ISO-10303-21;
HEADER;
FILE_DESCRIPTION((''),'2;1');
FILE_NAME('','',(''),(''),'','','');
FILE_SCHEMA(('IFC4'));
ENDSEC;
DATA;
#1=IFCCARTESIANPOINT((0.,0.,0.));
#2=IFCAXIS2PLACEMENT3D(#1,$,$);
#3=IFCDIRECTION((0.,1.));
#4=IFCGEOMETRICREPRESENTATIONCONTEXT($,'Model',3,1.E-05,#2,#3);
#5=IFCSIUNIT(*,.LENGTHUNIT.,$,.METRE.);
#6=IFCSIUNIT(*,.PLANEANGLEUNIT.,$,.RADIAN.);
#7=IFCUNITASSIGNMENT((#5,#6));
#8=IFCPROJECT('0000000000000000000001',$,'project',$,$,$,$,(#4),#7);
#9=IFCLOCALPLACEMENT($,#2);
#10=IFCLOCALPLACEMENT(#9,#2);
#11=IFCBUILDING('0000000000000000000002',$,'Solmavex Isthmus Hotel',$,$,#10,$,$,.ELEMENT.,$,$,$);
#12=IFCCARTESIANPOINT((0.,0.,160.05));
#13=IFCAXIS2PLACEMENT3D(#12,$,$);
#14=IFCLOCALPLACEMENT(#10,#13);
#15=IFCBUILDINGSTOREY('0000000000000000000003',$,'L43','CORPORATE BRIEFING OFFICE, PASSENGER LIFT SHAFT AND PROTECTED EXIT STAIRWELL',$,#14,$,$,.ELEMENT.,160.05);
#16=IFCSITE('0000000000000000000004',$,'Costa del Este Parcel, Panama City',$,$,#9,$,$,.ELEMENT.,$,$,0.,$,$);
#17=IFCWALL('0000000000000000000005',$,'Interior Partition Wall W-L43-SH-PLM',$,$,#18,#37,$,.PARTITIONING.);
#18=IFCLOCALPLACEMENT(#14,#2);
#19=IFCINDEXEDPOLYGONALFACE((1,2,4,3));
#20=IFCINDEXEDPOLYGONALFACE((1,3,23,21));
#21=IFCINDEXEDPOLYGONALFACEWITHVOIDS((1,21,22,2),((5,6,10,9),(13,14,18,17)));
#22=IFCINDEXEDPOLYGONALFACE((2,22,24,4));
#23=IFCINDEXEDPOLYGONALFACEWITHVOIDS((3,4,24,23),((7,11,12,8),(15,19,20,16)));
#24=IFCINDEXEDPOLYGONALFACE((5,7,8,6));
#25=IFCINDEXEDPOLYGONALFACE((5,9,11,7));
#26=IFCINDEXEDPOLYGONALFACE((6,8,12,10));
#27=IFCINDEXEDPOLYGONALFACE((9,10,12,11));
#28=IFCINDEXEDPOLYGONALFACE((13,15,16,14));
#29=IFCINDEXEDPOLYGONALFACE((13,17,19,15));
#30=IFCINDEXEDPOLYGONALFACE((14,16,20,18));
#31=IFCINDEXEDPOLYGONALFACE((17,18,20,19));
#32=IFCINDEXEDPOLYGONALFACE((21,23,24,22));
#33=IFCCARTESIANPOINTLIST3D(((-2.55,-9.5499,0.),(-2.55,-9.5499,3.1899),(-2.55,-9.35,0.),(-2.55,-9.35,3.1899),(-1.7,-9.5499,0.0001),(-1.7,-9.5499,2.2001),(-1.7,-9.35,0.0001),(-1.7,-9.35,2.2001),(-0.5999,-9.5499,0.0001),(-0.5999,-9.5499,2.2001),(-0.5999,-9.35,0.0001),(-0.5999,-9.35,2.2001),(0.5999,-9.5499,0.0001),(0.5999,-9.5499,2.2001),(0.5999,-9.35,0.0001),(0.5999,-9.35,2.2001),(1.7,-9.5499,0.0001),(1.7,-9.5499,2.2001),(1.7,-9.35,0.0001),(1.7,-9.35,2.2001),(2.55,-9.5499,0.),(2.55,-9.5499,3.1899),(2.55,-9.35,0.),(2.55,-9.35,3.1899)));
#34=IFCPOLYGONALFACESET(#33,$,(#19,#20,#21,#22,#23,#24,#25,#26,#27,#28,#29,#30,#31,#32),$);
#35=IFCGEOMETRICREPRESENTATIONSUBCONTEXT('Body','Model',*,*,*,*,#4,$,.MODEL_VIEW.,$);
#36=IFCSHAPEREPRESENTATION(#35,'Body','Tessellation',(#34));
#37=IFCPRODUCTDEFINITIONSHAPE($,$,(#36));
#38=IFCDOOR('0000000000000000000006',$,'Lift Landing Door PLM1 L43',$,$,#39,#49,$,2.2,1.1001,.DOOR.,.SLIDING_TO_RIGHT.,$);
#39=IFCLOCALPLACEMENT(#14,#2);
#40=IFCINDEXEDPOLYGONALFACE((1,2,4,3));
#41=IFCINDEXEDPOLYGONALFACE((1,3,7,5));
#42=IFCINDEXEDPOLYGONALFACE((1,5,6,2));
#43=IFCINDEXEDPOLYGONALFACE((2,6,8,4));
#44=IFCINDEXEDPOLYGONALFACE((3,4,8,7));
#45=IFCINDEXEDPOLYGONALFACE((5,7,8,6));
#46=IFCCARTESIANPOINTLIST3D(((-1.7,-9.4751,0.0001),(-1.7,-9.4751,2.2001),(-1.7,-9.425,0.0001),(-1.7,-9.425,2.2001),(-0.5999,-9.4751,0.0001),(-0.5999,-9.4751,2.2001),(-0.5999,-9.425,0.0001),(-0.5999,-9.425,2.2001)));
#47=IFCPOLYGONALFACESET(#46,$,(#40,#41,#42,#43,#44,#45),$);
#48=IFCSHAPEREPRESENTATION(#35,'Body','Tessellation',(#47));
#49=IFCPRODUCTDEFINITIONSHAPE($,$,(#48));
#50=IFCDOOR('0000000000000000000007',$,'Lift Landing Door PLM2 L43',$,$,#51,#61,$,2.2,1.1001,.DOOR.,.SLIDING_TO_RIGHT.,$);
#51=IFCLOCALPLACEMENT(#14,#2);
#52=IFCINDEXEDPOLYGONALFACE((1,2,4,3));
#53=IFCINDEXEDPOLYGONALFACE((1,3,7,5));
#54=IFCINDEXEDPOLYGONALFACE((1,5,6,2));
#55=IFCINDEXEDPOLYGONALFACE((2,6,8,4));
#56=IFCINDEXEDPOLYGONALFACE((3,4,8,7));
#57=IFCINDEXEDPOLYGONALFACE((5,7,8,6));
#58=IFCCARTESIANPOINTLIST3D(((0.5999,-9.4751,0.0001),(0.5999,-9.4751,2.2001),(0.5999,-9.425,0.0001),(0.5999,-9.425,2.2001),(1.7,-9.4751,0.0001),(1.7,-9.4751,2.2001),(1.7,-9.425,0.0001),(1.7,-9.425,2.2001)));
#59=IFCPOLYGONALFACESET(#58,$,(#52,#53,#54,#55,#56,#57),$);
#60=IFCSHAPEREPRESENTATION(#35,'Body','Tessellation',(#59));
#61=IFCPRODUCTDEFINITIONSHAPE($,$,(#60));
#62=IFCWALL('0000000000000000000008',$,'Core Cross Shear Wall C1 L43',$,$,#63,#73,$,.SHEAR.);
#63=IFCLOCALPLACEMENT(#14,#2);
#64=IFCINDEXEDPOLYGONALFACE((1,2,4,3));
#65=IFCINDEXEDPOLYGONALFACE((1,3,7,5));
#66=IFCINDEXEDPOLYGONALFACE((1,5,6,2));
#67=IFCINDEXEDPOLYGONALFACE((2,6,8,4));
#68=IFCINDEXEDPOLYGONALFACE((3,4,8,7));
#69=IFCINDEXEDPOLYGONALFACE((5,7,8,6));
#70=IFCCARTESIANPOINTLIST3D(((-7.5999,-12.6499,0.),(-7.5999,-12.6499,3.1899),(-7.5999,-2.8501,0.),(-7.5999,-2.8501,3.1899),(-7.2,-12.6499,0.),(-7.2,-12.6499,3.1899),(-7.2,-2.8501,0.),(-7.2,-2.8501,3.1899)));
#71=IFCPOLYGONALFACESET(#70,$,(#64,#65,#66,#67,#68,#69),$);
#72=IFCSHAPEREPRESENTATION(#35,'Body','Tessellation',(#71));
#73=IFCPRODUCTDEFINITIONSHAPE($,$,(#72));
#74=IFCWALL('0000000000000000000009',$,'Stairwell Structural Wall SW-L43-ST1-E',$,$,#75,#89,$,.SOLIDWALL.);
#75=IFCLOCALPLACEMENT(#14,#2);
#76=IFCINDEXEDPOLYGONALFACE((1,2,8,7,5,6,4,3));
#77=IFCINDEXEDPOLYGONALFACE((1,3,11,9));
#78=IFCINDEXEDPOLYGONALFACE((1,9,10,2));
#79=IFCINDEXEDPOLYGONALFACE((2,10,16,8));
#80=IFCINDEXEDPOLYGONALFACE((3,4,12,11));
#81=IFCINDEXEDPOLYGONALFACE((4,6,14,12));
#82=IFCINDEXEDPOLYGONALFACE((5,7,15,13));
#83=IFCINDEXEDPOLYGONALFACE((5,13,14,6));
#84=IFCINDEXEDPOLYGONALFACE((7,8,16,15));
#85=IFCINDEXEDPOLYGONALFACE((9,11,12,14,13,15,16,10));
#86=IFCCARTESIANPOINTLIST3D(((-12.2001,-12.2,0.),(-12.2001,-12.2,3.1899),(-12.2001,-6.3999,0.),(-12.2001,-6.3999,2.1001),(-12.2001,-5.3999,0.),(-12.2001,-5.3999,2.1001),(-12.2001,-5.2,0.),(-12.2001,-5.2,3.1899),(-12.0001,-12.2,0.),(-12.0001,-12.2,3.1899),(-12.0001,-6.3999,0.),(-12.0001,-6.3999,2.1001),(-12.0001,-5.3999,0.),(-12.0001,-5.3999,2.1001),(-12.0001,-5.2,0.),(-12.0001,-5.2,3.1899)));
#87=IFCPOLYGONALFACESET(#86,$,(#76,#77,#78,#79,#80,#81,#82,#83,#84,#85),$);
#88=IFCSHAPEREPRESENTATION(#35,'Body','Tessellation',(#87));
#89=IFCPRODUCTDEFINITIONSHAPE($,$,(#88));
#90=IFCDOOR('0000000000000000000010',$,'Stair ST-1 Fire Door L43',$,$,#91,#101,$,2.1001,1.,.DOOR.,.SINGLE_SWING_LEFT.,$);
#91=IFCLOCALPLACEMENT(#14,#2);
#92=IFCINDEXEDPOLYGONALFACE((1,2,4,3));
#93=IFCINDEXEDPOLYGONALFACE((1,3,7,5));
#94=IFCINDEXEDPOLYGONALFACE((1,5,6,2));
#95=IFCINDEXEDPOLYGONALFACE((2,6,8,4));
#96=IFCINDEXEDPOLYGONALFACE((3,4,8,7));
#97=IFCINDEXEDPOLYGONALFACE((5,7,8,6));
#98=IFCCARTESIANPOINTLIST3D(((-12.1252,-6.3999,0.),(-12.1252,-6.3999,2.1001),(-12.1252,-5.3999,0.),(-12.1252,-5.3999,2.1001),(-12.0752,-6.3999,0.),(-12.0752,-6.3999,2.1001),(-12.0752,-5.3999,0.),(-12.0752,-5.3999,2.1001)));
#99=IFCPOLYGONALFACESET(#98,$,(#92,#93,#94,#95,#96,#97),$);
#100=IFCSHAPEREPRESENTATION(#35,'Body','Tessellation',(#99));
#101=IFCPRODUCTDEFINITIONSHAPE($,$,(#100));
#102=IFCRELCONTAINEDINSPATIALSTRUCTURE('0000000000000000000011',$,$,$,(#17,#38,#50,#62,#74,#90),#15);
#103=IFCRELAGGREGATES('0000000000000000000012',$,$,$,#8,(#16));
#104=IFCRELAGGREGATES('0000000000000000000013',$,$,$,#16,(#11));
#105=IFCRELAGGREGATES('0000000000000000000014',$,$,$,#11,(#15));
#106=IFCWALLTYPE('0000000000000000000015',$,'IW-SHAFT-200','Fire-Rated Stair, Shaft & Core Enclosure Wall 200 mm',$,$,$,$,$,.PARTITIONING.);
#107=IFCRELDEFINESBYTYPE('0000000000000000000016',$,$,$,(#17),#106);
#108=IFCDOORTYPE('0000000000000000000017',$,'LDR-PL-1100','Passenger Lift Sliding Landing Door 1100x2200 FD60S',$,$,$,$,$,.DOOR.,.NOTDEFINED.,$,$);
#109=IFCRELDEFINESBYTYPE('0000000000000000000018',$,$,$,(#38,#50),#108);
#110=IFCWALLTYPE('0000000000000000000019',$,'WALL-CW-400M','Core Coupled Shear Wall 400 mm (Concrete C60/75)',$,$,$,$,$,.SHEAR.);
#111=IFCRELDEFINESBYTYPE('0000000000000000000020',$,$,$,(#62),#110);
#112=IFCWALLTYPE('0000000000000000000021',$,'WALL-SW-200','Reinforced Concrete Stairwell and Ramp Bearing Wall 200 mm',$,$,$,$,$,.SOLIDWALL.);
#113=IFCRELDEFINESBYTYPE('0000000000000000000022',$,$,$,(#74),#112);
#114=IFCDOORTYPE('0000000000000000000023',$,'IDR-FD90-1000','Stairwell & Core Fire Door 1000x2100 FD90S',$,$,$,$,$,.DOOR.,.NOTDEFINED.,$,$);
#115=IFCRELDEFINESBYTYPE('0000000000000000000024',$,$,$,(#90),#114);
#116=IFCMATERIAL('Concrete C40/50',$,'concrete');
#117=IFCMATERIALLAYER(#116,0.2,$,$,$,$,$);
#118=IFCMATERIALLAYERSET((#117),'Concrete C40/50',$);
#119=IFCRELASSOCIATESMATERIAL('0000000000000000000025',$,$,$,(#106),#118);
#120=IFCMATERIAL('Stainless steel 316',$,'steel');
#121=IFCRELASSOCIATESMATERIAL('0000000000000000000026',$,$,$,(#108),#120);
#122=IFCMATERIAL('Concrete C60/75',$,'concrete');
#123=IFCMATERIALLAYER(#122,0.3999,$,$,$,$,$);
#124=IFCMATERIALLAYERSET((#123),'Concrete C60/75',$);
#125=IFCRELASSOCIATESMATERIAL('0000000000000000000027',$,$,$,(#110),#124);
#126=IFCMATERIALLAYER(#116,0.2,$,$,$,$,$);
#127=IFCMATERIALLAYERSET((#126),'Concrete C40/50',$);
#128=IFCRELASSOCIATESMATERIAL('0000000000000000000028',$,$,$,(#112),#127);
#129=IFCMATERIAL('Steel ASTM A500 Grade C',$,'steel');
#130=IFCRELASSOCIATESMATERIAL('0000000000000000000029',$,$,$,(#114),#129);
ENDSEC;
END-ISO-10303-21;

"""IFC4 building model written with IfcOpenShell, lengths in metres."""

from ifc_helpers import new_model, si_unit, direction, frame, frame_2d, origin, place, context, subcontext, project, spatial, rectangle, extrude, material, layer, layer_set, type_object, element, fill, save


model = new_model("IFC4")

# Units and contexts
model_context = context("Model", 3, precision=1e-05, world=origin(), true_north=direction((0.0, 1.0)))
body_context = subcontext(model_context, "Body", "Model", "MODEL_VIEW")
ifc_project = project(units=[si_unit("LENGTHUNIT", "METRE"), si_unit("PLANEANGLEUNIT", "RADIAN")], contexts=[model_context])

# Site, building, storey
site_placement = place(None, origin())
site = spatial("IfcSite", under=ifc_project, at=site_placement, Name="Costa del Este Parcel, Panama City", CompositionType="ELEMENT", RefElevation=0.0)
building_placement = place(site_placement, origin())
building = spatial("IfcBuilding", under=site, at=building_placement, Name="Solmavex Isthmus Hotel", CompositionType="ELEMENT")
storey_placement = place(building_placement, frame((0.0, 0.0, 160.05)))
storey = spatial("IfcBuildingStorey", under=building, at=storey_placement, Name="L43", Description="CORPORATE BRIEFING OFFICE, PASSENGER LIFT SHAFT AND PROTECTED EXIT STAIRWELL", CompositionType="ELEMENT", Elevation=160.05)

# Shared definitions
ifc_material_1 = material(Name="Concrete C60/75", Category="concrete")

# Shared definitions
ifc_material_2 = material(Name="Steel ASTM A500 Grade C", Category="steel")

# Shared definitions
ifc_material_3 = material(Name="Concrete C40/50", Category="concrete")

# Shared definitions
ifc_layer_1 = layer(ifc_material_3, 0.2)
ifc_layer_set_1 = layer_set([ifc_layer_1], Name="Concrete C40/50")
wall_type_1 = type_object("IfcWallType", Name="IW-SHAFT-200", Description="Fire-Rated Stair, Shaft & Core Enclosure Wall 200 mm", PredefinedType="PARTITIONING", material=ifc_layer_set_1)
ifc_material_4 = material(Name="Stainless steel 316", Category="steel")

# Wall, openings, doors
wall_1_placement = place(storey_placement, frame((-2.55, -9.45, 0.0), z_axis=(0.0, 0.0, 1.0), x_axis=(1.0, 0.0, 0.0)))
wall_1 = element("IfcWall", 1, at=wall_1_placement, inside=storey, type_object=wall_type_1, Name="Interior Partition Wall W-L43-SH-PLM", PredefinedType="PARTITIONING", context=body_context, shape_type="SweptSolid", body=[
    extrude(rectangle(XDim=5.1001, YDim=0.2, at=frame_2d((2.55, 0.0))), origin(), (0.0, 0.0, 1.0), 3.1899),
])
opening_1_placement = place(wall_1_placement, frame((0.8501, 0.0, 0.0)))
opening_1 = element("IfcOpeningElement", 2, at=opening_1_placement, cuts=wall_1, PredefinedType="OPENING", context=body_context, shape_type="SweptSolid", body=[
    extrude(rectangle(XDim=1.1001, YDim=2.2, at=frame_2d((0.55, 1.1001))), frame((0.0, 0.1099, 0.0), z_axis=(0.0, -1.0, 0.0), x_axis=(1.0, 0.0, 0.0)), (0.0, 0.0, 1.0), 0.22),
])
opening_2_placement = place(wall_1_placement, frame((3.1499, 0.0, 0.0)))
opening_2 = element("IfcOpeningElement", 3, at=opening_2_placement, cuts=wall_1, PredefinedType="OPENING", context=body_context, shape_type="SweptSolid", body=[
    extrude(rectangle(XDim=1.1001, YDim=2.2, at=frame_2d((0.55, 1.1001))), frame((0.0, 0.1099, 0.0), z_axis=(0.0, -1.0, 0.0), x_axis=(1.0, 0.0, 0.0)), (0.0, 0.0, 1.0), 0.22),
])
door_type_1 = type_object("IfcDoorType", Name="LDR-PL-1100", Description="Passenger Lift Sliding Landing Door 1100x2200 FD60S", OperationType="NOTDEFINED", PredefinedType="DOOR", material=ifc_material_4)
door_1_placement = place(opening_1_placement, origin())
door_1 = element("IfcDoor", 4, at=door_1_placement, inside=storey, type_object=door_type_1, Name="Lift Landing Door PLM1 L43", OperationType="SLIDING_TO_RIGHT", OverallHeight=2.2, OverallWidth=1.1001, PredefinedType="DOOR", context=body_context, shape_type="SweptSolid", body=[
    extrude(rectangle(XDim=1.1001, YDim=2.2, at=frame_2d((0.55, 1.1001))), frame((0.0, 0.0249, 0.0), z_axis=(0.0, -1.0, 0.0), x_axis=(1.0, 0.0, 0.0)), (0.0, 0.0, 1.0), 0.05),
])
fill(opening_1, door_1)
door_2_placement = place(opening_2_placement, origin())
door_2 = element("IfcDoor", 5, at=door_2_placement, inside=storey, type_object=door_type_1, Name="Lift Landing Door PLM2 L43", OperationType="SLIDING_TO_RIGHT", OverallHeight=2.2, OverallWidth=1.1001, PredefinedType="DOOR", context=body_context, shape_type="SweptSolid", body=[
    extrude(rectangle(XDim=1.1001, YDim=2.2, at=frame_2d((0.55, 1.1001))), frame((0.0, 0.0249, 0.0), z_axis=(0.0, -1.0, 0.0), x_axis=(1.0, 0.0, 0.0)), (0.0, 0.0, 1.0), 0.05),
])
fill(opening_2, door_2)

# Wall
ifc_layer_2 = layer(ifc_material_1, 0.3999)
ifc_layer_set_2 = layer_set([ifc_layer_2], Name="Concrete C60/75")
wall_type_2 = type_object("IfcWallType", Name="WALL-CW-400M", Description="Core Coupled Shear Wall 400 mm (Concrete C60/75)", PredefinedType="SHEAR", material=ifc_layer_set_2)
wall_2_placement = place(storey_placement, frame((-7.3999, -12.6499, 0.0), z_axis=(0.0, 0.0, 1.0), x_axis=(0.0, 1.0, 0.0)))
element("IfcWall", 6, at=wall_2_placement, inside=storey, type_object=wall_type_2, Name="Core Cross Shear Wall C1 L43", PredefinedType="SHEAR", context=body_context, shape_type="SweptSolid", body=[
    extrude(rectangle(XDim=9.7998, YDim=0.3999, at=frame_2d((4.8999, 0.0))), origin(), (0.0, 0.0, 1.0), 3.1899),
])

# Wall, opening, door
ifc_layer_3 = layer(ifc_material_3, 0.2)
ifc_layer_set_3 = layer_set([ifc_layer_3], Name="Concrete C40/50")
wall_type_3 = type_object("IfcWallType", Name="WALL-SW-200", Description="Reinforced Concrete Stairwell and Ramp Bearing Wall 200 mm", PredefinedType="SOLIDWALL", material=ifc_layer_set_3)
wall_3_placement = place(storey_placement, frame((-12.1001, -12.2, 0.0), z_axis=(0.0, 0.0, 1.0), x_axis=(0.0, 1.0, 0.0)))
wall_3 = element("IfcWall", 7, at=wall_3_placement, inside=storey, type_object=wall_type_3, Name="Stairwell Structural Wall SW-L43-ST1-E", PredefinedType="SOLIDWALL", context=body_context, shape_type="SweptSolid", body=[
    extrude(rectangle(XDim=7.0, YDim=0.2, at=frame_2d((3.5, 0.0))), origin(), (0.0, 0.0, 1.0), 3.1899),
])
opening_3_placement = place(wall_3_placement, frame((5.8, 0.0, 0.0)))
opening_3 = element("IfcOpeningElement", 8, at=opening_3_placement, cuts=wall_3, PredefinedType="OPENING", context=body_context, shape_type="SweptSolid", body=[
    extrude(rectangle(XDim=1.0, YDim=2.1001, at=frame_2d((0.5, 1.05))), frame((0.0, 0.1099, 0.0), z_axis=(0.0, -1.0, 0.0), x_axis=(1.0, 0.0, 0.0)), (0.0, 0.0, 1.0), 0.22),
])
door_type_2 = type_object("IfcDoorType", Name="IDR-FD90-1000", Description="Stairwell & Core Fire Door 1000x2100 FD90S", OperationType="NOTDEFINED", PredefinedType="DOOR", material=ifc_material_2)
door_3_placement = place(opening_3_placement, frame((1.0, 0.0, 0.0), z_axis=(0.0, 0.0, 1.0), x_axis=(-1.0, 0.0, 0.0)))
door_3 = element("IfcDoor", 9, at=door_3_placement, inside=storey, type_object=door_type_2, Name="Stair ST-1 Fire Door L43", OperationType="SINGLE_SWING_LEFT", OverallHeight=2.1001, OverallWidth=1.0, PredefinedType="DOOR", context=body_context, shape_type="SweptSolid", body=[
    extrude(rectangle(XDim=1.0, YDim=2.1001, at=frame_2d((0.5, 1.05))), frame((0.0, 0.0249, 0.0), z_axis=(0.0, -1.0, 0.0), x_axis=(1.0, 0.0, 0.0)), (0.0, 0.0, 1.0), 0.05),
])
fill(opening_3, door_3)

save(model, "model.ifc")
